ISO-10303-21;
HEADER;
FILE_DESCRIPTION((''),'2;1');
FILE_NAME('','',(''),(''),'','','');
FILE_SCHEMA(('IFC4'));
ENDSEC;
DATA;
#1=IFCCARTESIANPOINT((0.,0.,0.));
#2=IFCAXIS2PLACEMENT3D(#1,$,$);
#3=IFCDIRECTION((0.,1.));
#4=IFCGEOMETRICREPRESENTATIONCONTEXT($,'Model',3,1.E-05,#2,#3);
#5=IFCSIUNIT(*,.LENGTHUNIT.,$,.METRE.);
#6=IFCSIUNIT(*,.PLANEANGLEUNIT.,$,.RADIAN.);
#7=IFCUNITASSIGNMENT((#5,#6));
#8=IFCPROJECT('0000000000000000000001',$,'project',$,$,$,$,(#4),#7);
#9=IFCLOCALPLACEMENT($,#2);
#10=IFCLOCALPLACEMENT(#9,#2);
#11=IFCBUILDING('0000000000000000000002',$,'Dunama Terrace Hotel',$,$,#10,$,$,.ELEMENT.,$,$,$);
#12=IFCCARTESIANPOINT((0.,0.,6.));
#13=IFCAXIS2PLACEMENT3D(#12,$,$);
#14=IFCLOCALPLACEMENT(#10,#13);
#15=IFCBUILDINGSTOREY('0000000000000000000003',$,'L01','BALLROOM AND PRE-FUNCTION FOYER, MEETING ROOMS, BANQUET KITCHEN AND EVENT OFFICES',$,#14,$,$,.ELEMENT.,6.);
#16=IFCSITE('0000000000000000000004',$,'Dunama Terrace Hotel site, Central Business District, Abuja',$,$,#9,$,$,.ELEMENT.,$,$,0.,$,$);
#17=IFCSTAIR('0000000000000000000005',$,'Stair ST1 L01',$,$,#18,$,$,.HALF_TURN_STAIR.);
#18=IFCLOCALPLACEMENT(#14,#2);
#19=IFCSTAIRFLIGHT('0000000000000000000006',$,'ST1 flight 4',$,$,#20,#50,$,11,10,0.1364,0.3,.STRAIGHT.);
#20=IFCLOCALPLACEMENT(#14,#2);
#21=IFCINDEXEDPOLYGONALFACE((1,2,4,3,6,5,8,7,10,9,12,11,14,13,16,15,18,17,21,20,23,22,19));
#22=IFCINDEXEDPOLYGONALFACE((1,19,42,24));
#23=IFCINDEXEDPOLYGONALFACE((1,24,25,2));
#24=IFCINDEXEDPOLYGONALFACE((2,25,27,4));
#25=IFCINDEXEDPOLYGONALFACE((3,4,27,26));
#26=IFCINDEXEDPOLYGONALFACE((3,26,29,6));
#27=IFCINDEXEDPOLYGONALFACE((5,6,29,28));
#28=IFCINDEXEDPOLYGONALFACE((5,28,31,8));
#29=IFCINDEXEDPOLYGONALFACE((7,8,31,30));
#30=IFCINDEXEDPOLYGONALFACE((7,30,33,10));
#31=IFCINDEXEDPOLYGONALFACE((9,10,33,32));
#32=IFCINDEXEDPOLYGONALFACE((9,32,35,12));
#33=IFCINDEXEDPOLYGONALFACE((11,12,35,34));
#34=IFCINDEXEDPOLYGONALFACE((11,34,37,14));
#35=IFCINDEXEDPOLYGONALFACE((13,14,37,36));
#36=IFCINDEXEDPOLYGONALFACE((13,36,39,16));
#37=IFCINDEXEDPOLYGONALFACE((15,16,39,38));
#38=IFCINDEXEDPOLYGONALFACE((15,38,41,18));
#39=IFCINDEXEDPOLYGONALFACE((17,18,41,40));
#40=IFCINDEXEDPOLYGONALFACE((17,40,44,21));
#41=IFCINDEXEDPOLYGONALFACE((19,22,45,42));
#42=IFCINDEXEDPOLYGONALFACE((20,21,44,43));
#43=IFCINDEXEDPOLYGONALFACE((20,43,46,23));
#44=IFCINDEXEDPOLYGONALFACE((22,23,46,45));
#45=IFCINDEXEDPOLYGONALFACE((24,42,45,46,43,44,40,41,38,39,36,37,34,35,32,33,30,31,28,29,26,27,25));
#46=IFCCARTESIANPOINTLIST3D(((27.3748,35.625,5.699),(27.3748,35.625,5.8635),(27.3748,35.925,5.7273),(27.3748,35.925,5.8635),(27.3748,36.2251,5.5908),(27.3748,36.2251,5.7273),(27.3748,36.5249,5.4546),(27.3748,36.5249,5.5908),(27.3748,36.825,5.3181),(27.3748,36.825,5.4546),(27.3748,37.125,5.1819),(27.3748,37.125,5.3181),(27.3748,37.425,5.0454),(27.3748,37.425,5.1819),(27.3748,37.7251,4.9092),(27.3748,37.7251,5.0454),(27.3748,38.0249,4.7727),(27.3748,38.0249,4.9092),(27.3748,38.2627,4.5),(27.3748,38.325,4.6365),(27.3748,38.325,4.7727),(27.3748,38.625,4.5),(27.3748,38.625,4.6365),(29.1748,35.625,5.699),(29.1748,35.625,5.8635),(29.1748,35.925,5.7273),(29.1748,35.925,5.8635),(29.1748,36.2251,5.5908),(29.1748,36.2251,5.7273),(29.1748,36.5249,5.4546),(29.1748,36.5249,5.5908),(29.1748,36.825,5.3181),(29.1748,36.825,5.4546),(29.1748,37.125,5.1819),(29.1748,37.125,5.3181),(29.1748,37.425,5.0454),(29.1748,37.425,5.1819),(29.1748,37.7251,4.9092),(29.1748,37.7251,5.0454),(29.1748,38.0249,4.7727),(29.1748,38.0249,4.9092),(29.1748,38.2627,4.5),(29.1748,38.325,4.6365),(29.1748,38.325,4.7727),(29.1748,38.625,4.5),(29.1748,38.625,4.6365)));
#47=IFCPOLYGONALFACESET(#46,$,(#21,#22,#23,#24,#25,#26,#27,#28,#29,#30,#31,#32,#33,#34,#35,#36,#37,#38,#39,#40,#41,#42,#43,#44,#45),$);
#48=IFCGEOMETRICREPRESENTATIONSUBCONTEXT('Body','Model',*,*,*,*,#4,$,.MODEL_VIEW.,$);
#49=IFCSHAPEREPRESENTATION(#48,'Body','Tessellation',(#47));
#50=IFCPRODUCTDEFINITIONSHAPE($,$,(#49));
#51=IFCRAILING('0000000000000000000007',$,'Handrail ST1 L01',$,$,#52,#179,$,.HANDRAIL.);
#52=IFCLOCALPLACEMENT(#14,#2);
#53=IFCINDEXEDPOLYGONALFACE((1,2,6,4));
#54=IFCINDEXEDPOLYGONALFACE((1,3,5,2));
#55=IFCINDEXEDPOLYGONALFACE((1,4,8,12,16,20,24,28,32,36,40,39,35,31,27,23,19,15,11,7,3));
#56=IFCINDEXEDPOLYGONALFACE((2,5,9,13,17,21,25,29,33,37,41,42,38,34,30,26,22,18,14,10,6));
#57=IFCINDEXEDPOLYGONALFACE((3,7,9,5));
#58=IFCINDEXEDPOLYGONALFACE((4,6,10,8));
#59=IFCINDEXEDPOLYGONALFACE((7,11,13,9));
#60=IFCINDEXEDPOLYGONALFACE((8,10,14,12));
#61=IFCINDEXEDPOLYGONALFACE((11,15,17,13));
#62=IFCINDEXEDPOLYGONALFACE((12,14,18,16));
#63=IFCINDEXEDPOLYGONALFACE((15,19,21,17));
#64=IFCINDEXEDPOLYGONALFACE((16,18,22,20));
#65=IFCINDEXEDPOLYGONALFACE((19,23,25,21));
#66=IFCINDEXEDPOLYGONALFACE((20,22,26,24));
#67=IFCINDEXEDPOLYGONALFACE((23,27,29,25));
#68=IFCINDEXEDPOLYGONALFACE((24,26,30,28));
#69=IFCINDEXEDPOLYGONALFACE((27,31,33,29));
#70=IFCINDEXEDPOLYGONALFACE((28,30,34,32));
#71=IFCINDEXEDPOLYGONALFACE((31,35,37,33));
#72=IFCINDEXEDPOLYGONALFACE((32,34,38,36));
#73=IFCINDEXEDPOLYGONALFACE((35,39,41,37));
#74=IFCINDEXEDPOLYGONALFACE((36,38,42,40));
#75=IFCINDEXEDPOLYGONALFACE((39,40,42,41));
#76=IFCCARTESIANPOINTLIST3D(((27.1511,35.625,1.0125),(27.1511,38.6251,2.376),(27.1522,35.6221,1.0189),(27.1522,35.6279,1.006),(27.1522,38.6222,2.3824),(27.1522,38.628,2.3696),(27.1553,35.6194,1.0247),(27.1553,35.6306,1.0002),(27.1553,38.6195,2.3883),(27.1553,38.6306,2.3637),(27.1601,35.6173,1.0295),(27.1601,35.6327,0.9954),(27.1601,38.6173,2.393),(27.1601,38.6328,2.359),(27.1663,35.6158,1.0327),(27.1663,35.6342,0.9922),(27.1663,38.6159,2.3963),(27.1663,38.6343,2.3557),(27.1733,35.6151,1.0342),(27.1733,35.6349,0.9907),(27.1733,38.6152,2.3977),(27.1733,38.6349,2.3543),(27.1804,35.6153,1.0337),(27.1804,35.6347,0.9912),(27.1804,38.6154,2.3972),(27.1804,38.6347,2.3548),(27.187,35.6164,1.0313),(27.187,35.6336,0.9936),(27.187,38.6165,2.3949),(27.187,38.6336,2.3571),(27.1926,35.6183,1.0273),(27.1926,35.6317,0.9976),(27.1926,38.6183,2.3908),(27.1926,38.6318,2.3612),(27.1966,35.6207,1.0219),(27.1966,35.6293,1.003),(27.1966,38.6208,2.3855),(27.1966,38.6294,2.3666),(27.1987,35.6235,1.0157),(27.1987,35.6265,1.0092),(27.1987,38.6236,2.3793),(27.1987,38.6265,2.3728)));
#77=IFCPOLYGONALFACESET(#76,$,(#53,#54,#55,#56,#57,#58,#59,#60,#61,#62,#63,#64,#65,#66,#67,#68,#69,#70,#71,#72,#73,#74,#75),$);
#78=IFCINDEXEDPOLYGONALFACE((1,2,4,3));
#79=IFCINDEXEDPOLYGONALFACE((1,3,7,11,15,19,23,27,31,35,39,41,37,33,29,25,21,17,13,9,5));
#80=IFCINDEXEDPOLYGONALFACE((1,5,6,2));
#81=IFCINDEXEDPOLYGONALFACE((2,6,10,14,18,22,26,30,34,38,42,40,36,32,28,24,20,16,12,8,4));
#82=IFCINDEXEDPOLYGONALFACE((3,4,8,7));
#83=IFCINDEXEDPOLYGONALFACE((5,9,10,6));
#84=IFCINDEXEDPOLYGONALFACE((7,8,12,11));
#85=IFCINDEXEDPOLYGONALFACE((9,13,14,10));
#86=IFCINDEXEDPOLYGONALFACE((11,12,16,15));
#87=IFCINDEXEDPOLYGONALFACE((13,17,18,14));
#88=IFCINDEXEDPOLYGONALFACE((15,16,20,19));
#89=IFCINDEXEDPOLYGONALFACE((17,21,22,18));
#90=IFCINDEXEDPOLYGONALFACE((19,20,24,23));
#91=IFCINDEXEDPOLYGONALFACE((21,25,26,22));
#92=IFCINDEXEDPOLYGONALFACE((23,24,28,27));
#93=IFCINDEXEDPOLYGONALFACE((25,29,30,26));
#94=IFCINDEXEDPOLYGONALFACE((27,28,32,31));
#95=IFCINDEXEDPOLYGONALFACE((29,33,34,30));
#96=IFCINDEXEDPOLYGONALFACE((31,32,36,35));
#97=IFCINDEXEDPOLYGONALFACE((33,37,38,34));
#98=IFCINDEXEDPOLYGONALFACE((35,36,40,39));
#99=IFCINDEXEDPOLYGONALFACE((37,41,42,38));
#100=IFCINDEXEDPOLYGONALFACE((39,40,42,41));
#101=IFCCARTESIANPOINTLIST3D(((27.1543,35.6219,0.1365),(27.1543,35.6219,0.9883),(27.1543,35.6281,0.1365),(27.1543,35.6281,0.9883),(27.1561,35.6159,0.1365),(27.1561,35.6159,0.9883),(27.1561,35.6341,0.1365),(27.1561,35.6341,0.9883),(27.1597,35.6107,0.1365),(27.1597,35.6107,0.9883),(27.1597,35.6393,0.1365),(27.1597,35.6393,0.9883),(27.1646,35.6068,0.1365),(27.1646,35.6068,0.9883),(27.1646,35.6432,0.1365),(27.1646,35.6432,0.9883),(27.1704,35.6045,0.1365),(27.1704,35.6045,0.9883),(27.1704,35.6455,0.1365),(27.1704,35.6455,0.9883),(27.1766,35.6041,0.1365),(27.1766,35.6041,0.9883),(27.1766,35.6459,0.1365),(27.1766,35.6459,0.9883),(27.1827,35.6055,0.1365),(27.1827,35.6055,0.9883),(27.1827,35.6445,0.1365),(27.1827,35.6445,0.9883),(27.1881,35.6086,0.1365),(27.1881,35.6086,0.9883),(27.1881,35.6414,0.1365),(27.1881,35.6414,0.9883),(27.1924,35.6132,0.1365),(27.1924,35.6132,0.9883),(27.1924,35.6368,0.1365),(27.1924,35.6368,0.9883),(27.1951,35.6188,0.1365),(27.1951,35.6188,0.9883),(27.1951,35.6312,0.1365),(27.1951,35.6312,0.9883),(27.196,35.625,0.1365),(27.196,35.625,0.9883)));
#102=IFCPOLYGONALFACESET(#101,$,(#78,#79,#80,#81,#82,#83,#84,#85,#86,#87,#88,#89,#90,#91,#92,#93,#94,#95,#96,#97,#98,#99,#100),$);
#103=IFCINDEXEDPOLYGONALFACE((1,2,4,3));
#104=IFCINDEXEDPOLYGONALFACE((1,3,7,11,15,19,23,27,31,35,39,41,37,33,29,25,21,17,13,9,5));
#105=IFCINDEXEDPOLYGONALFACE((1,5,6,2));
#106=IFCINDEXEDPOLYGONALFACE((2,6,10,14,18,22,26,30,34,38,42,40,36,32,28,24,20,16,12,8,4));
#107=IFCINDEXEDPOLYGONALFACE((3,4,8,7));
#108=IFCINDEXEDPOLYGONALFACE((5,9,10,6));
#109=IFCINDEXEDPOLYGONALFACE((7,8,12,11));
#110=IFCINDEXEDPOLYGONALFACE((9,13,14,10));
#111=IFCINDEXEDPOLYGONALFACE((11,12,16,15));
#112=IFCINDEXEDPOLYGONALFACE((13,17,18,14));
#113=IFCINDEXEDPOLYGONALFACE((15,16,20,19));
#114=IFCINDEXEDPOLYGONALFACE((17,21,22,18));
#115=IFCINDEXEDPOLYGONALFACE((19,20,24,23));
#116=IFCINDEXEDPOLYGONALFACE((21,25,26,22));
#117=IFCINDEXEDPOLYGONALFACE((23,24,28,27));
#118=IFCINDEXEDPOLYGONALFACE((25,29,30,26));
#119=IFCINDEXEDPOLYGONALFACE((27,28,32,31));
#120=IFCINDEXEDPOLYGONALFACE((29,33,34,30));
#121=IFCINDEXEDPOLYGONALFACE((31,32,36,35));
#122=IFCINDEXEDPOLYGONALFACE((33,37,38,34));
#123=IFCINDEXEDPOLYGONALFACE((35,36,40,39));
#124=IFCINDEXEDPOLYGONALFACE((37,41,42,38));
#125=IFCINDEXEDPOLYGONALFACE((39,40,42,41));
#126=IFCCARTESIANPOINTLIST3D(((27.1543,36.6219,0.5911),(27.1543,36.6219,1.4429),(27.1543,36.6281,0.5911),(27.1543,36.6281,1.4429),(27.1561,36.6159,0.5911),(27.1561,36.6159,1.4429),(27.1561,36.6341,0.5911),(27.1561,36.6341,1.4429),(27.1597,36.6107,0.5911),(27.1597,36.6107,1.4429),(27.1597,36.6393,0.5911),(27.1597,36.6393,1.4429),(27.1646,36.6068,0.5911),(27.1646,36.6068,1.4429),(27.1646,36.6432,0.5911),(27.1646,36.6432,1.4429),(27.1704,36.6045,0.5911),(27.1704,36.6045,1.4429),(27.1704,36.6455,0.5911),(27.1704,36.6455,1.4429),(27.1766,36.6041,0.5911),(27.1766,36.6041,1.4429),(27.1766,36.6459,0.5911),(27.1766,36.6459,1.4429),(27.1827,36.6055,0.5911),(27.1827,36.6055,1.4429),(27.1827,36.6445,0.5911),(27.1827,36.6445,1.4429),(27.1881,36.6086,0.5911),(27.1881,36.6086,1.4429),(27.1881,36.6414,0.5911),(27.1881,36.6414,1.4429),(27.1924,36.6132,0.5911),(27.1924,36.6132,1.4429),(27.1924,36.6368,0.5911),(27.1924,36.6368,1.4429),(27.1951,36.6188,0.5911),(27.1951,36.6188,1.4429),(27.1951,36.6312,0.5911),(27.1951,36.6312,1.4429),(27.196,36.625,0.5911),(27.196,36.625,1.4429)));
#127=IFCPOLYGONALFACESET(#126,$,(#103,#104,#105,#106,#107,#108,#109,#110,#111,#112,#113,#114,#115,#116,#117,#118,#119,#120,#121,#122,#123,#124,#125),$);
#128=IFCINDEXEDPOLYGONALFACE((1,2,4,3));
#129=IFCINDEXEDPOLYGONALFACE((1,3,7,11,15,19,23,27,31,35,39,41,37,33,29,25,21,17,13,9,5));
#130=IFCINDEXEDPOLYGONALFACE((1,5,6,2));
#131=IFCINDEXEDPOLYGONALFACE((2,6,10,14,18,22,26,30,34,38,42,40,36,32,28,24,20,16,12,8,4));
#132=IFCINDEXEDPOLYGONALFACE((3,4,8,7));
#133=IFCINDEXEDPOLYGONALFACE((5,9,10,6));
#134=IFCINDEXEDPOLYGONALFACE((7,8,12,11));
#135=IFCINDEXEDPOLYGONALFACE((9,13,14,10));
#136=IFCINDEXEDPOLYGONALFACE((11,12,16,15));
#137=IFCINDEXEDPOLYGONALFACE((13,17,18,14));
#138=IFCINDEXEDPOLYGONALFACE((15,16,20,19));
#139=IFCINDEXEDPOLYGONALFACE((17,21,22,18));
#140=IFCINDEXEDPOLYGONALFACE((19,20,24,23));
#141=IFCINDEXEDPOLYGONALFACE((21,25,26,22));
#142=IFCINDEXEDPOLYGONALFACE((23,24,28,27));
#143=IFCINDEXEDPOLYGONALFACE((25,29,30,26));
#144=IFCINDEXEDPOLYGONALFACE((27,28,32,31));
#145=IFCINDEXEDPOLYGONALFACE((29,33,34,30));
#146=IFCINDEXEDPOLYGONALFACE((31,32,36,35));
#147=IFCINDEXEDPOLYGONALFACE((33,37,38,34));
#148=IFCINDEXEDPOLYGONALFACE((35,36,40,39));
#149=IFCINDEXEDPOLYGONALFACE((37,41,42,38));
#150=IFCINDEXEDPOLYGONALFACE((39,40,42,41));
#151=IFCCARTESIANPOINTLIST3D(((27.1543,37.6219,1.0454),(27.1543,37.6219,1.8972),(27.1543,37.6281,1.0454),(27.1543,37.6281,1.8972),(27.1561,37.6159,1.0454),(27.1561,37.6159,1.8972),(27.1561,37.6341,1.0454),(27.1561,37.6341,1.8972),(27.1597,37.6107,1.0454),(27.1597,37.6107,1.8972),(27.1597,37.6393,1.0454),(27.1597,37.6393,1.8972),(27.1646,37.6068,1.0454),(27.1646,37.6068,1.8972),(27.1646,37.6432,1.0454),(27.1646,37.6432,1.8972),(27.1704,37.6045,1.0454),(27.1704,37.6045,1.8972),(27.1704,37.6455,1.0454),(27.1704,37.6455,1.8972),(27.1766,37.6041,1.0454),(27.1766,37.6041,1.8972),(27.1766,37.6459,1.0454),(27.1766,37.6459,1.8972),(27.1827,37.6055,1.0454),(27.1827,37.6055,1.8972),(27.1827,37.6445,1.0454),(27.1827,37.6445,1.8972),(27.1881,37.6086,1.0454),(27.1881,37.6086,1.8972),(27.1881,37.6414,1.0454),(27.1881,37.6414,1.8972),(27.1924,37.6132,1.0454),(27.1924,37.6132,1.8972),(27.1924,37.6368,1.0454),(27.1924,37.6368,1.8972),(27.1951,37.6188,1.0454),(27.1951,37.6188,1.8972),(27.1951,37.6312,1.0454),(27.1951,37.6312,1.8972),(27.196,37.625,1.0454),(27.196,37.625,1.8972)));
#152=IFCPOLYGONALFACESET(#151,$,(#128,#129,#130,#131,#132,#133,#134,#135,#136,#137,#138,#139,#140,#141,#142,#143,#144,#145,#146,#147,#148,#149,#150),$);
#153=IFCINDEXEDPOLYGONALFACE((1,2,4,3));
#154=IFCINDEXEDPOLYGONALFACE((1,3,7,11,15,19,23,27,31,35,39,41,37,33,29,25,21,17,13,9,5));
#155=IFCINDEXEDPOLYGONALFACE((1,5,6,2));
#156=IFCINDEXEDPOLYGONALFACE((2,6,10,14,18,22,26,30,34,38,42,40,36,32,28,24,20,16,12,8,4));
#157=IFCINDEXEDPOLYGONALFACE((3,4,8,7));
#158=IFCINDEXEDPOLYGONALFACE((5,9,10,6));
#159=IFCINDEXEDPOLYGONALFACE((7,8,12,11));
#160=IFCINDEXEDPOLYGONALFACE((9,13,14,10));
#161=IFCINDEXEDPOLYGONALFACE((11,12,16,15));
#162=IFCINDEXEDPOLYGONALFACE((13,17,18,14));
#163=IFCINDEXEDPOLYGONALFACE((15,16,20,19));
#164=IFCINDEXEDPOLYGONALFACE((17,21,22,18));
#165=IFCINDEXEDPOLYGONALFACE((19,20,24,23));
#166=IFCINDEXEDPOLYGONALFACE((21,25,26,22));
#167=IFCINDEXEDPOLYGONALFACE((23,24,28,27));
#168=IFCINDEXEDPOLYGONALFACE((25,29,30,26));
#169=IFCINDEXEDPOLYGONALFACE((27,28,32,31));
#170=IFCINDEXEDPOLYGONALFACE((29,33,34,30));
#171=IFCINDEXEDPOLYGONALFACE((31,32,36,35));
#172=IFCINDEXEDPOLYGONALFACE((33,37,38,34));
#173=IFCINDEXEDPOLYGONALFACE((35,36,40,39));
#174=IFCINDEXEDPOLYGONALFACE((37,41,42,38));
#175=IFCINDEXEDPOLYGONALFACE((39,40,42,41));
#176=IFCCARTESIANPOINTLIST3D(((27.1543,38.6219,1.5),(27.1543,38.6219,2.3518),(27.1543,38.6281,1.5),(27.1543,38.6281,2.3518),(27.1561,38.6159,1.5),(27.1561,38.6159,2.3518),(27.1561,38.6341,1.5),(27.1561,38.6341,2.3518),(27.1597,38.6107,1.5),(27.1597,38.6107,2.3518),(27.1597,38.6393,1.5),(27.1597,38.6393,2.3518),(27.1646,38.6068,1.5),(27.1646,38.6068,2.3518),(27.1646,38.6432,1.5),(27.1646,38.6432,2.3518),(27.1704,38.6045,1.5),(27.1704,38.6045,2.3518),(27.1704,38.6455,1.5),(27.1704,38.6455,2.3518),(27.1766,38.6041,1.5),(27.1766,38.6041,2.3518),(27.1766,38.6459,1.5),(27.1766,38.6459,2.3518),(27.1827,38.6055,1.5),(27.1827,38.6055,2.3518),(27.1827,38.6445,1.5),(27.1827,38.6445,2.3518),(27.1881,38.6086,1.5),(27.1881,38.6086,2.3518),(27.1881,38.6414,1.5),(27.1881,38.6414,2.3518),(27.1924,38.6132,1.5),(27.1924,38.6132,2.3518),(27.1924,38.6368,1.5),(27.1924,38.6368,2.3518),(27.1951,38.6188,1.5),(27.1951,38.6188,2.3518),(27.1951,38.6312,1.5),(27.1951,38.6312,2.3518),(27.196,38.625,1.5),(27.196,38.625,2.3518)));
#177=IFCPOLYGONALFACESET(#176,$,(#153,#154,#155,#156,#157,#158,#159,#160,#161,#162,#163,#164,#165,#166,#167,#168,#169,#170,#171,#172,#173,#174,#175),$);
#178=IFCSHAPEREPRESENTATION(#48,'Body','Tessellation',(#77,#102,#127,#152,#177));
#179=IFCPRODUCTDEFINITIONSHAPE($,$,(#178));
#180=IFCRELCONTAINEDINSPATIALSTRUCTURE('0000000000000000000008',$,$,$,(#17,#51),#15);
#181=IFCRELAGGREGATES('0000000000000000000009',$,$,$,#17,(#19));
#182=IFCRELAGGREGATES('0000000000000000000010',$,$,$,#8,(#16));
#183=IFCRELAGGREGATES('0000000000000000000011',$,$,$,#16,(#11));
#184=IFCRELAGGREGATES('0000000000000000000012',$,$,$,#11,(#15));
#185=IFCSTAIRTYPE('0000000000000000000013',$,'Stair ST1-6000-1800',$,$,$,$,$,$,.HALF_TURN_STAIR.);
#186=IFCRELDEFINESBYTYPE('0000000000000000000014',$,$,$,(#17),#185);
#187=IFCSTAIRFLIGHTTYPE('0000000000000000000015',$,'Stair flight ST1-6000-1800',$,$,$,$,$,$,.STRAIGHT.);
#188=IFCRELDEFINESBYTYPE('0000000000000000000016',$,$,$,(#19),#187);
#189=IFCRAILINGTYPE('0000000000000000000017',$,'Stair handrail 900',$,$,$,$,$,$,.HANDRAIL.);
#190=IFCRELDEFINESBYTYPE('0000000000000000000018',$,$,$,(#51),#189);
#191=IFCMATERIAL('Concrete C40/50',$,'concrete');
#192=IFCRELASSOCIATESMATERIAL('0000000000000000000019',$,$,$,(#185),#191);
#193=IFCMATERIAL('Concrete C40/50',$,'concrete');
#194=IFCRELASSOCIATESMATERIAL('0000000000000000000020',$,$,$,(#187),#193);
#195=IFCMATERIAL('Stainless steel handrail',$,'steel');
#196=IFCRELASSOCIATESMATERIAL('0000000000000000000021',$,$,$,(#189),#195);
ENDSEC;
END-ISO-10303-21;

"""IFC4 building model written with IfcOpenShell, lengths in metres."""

from ifc_helpers import new_model, si_unit, direction, frame, origin, origin_2d, place, context, subcontext, project, spatial, polyline, circle, outline, extrude, material, type_object, element, aggregate, save


model = new_model("IFC4")

# Units and contexts
model_context = context("Model", 3, precision=1e-05, world=origin(), true_north=direction((0.0, 1.0)))
body_context = subcontext(model_context, "Body", "Model", "MODEL_VIEW")
ifc_project = project(units=[si_unit("LENGTHUNIT", "METRE"), si_unit("PLANEANGLEUNIT", "RADIAN")], contexts=[model_context])

# Site, building, storey
site_placement = place(None, origin())
site = spatial("IfcSite", under=ifc_project, at=site_placement, Name="Dunama Terrace Hotel site, Central Business District, Abuja", CompositionType="ELEMENT", RefElevation=0.0)
building_placement = place(site_placement, origin())
building = spatial("IfcBuilding", under=site, at=building_placement, Name="Dunama Terrace Hotel", CompositionType="ELEMENT")
storey_placement = place(building_placement, frame((0.0, 0.0, 6.0)))
storey = spatial("IfcBuildingStorey", under=building, at=storey_placement, Name="L01", Description="BALLROOM AND PRE-FUNCTION FOYER, MEETING ROOMS, BANQUET KITCHEN AND EVENT OFFICES", CompositionType="ELEMENT", Elevation=6.0)

# Stair, stair flight
ifc_material_1 = material(Name="Concrete C40/50", Category="concrete")
stair_type_1 = type_object("IfcStairType", Name="Stair ST1-6000-1800", PredefinedType="HALF_TURN_STAIR", material=ifc_material_1)
stair_1_placement = place(storey_placement, origin())
stair_1 = element("IfcStair", 1, at=stair_1_placement, inside=storey, type_object=stair_type_1, Name="Stair ST1 L01", PredefinedType="HALF_TURN_STAIR")
ifc_material_2 = material(Name="Concrete C40/50", Category="concrete")
stair_flight_type_1 = type_object("IfcStairFlightType", Name="Stair flight ST1-6000-1800", PredefinedType="STRAIGHT", material=ifc_material_2)
stair_flight_1_placement = place(storey_placement, frame((28.2749, 38.625, 4.5), z_axis=(0.0, 0.0, 1.0), x_axis=(0.0, -1.0, 0.0)))
stair_flight_1 = element("IfcStairFlight", 2, at=stair_flight_1_placement, type_object=stair_flight_type_1, Name="ST1 flight 4", NumberOfRisers=11, NumberOfTreads=10, PredefinedType="STRAIGHT", RiserHeight=0.1364, TreadLength=0.3, context=body_context, shape_type="SweptSolid", body=[
    extrude(outline(polyline([(0.0, 0.0), (0.0, 0.1365), (0.3, 0.1365), (0.3, 0.2727), (0.6001, 0.2727), (0.6001, 0.4092), (0.8999, 0.4092), (0.8999, 0.5454), (1.2, 0.5454), (1.2, 0.6819), (1.5, 0.6819), (1.5, 0.8181), (1.8, 0.8181), (1.8, 0.9546), (2.1001, 0.9546), (2.1001, 1.0908), (2.3999, 1.0908), (2.3999, 1.2273), (2.7, 1.2273), (2.7, 1.3635), (3.0, 1.3635), (3.0, 1.5), (3.0, 1.199), (0.3623, 0.0), (0.0, 0.0)])), frame((0.0, 0.8999, 0.0), z_axis=(0.0, -1.0, 0.0), x_axis=(1.0, 0.0, 0.0)), (0.0, 0.0, 1.0), 1.8),
])
aggregate(stair_1, [stair_flight_1])

# Railing
ifc_material_3 = material(Name="Stainless steel handrail", Category="steel")
railing_type = type_object("IfcRailingType", Name="Stair handrail 900", PredefinedType="HANDRAIL", material=ifc_material_3)
railing_1_placement = place(storey_placement, frame((27.175, 35.625, 0.1365)))
element("IfcRailing", 3, at=railing_1_placement, inside=storey, type_object=railing_type, Name="Handrail ST1 L01", PredefinedType="HANDRAIL", context=body_context, shape_type="SweptSolid", body=[
    extrude(circle(Radius=0.0239, at=origin_2d()), frame((0.0, 0.0, 0.876), z_axis=(0.0, 0.910379, 0.413775), x_axis=(-1.0, 0.0, 0.0)), (0.0, 0.0, 1.0), 3.2954),
    extrude(circle(Radius=0.021, at=origin_2d()), origin(), (0.0, 0.0, 1.0), 0.8518),
    extrude(circle(Radius=0.021, at=origin_2d()), frame((0.0, 1.0, 0.4546)), (0.0, 0.0, 1.0), 0.8518),
    extrude(circle(Radius=0.021, at=origin_2d()), frame((0.0, 2.0, 0.9089)), (0.0, 0.0, 1.0), 0.8518),
    extrude(circle(Radius=0.021, at=origin_2d()), frame((0.0, 3.0, 1.3635)), (0.0, 0.0, 1.0), 0.8518),
])

save(model, "model.ifc")
